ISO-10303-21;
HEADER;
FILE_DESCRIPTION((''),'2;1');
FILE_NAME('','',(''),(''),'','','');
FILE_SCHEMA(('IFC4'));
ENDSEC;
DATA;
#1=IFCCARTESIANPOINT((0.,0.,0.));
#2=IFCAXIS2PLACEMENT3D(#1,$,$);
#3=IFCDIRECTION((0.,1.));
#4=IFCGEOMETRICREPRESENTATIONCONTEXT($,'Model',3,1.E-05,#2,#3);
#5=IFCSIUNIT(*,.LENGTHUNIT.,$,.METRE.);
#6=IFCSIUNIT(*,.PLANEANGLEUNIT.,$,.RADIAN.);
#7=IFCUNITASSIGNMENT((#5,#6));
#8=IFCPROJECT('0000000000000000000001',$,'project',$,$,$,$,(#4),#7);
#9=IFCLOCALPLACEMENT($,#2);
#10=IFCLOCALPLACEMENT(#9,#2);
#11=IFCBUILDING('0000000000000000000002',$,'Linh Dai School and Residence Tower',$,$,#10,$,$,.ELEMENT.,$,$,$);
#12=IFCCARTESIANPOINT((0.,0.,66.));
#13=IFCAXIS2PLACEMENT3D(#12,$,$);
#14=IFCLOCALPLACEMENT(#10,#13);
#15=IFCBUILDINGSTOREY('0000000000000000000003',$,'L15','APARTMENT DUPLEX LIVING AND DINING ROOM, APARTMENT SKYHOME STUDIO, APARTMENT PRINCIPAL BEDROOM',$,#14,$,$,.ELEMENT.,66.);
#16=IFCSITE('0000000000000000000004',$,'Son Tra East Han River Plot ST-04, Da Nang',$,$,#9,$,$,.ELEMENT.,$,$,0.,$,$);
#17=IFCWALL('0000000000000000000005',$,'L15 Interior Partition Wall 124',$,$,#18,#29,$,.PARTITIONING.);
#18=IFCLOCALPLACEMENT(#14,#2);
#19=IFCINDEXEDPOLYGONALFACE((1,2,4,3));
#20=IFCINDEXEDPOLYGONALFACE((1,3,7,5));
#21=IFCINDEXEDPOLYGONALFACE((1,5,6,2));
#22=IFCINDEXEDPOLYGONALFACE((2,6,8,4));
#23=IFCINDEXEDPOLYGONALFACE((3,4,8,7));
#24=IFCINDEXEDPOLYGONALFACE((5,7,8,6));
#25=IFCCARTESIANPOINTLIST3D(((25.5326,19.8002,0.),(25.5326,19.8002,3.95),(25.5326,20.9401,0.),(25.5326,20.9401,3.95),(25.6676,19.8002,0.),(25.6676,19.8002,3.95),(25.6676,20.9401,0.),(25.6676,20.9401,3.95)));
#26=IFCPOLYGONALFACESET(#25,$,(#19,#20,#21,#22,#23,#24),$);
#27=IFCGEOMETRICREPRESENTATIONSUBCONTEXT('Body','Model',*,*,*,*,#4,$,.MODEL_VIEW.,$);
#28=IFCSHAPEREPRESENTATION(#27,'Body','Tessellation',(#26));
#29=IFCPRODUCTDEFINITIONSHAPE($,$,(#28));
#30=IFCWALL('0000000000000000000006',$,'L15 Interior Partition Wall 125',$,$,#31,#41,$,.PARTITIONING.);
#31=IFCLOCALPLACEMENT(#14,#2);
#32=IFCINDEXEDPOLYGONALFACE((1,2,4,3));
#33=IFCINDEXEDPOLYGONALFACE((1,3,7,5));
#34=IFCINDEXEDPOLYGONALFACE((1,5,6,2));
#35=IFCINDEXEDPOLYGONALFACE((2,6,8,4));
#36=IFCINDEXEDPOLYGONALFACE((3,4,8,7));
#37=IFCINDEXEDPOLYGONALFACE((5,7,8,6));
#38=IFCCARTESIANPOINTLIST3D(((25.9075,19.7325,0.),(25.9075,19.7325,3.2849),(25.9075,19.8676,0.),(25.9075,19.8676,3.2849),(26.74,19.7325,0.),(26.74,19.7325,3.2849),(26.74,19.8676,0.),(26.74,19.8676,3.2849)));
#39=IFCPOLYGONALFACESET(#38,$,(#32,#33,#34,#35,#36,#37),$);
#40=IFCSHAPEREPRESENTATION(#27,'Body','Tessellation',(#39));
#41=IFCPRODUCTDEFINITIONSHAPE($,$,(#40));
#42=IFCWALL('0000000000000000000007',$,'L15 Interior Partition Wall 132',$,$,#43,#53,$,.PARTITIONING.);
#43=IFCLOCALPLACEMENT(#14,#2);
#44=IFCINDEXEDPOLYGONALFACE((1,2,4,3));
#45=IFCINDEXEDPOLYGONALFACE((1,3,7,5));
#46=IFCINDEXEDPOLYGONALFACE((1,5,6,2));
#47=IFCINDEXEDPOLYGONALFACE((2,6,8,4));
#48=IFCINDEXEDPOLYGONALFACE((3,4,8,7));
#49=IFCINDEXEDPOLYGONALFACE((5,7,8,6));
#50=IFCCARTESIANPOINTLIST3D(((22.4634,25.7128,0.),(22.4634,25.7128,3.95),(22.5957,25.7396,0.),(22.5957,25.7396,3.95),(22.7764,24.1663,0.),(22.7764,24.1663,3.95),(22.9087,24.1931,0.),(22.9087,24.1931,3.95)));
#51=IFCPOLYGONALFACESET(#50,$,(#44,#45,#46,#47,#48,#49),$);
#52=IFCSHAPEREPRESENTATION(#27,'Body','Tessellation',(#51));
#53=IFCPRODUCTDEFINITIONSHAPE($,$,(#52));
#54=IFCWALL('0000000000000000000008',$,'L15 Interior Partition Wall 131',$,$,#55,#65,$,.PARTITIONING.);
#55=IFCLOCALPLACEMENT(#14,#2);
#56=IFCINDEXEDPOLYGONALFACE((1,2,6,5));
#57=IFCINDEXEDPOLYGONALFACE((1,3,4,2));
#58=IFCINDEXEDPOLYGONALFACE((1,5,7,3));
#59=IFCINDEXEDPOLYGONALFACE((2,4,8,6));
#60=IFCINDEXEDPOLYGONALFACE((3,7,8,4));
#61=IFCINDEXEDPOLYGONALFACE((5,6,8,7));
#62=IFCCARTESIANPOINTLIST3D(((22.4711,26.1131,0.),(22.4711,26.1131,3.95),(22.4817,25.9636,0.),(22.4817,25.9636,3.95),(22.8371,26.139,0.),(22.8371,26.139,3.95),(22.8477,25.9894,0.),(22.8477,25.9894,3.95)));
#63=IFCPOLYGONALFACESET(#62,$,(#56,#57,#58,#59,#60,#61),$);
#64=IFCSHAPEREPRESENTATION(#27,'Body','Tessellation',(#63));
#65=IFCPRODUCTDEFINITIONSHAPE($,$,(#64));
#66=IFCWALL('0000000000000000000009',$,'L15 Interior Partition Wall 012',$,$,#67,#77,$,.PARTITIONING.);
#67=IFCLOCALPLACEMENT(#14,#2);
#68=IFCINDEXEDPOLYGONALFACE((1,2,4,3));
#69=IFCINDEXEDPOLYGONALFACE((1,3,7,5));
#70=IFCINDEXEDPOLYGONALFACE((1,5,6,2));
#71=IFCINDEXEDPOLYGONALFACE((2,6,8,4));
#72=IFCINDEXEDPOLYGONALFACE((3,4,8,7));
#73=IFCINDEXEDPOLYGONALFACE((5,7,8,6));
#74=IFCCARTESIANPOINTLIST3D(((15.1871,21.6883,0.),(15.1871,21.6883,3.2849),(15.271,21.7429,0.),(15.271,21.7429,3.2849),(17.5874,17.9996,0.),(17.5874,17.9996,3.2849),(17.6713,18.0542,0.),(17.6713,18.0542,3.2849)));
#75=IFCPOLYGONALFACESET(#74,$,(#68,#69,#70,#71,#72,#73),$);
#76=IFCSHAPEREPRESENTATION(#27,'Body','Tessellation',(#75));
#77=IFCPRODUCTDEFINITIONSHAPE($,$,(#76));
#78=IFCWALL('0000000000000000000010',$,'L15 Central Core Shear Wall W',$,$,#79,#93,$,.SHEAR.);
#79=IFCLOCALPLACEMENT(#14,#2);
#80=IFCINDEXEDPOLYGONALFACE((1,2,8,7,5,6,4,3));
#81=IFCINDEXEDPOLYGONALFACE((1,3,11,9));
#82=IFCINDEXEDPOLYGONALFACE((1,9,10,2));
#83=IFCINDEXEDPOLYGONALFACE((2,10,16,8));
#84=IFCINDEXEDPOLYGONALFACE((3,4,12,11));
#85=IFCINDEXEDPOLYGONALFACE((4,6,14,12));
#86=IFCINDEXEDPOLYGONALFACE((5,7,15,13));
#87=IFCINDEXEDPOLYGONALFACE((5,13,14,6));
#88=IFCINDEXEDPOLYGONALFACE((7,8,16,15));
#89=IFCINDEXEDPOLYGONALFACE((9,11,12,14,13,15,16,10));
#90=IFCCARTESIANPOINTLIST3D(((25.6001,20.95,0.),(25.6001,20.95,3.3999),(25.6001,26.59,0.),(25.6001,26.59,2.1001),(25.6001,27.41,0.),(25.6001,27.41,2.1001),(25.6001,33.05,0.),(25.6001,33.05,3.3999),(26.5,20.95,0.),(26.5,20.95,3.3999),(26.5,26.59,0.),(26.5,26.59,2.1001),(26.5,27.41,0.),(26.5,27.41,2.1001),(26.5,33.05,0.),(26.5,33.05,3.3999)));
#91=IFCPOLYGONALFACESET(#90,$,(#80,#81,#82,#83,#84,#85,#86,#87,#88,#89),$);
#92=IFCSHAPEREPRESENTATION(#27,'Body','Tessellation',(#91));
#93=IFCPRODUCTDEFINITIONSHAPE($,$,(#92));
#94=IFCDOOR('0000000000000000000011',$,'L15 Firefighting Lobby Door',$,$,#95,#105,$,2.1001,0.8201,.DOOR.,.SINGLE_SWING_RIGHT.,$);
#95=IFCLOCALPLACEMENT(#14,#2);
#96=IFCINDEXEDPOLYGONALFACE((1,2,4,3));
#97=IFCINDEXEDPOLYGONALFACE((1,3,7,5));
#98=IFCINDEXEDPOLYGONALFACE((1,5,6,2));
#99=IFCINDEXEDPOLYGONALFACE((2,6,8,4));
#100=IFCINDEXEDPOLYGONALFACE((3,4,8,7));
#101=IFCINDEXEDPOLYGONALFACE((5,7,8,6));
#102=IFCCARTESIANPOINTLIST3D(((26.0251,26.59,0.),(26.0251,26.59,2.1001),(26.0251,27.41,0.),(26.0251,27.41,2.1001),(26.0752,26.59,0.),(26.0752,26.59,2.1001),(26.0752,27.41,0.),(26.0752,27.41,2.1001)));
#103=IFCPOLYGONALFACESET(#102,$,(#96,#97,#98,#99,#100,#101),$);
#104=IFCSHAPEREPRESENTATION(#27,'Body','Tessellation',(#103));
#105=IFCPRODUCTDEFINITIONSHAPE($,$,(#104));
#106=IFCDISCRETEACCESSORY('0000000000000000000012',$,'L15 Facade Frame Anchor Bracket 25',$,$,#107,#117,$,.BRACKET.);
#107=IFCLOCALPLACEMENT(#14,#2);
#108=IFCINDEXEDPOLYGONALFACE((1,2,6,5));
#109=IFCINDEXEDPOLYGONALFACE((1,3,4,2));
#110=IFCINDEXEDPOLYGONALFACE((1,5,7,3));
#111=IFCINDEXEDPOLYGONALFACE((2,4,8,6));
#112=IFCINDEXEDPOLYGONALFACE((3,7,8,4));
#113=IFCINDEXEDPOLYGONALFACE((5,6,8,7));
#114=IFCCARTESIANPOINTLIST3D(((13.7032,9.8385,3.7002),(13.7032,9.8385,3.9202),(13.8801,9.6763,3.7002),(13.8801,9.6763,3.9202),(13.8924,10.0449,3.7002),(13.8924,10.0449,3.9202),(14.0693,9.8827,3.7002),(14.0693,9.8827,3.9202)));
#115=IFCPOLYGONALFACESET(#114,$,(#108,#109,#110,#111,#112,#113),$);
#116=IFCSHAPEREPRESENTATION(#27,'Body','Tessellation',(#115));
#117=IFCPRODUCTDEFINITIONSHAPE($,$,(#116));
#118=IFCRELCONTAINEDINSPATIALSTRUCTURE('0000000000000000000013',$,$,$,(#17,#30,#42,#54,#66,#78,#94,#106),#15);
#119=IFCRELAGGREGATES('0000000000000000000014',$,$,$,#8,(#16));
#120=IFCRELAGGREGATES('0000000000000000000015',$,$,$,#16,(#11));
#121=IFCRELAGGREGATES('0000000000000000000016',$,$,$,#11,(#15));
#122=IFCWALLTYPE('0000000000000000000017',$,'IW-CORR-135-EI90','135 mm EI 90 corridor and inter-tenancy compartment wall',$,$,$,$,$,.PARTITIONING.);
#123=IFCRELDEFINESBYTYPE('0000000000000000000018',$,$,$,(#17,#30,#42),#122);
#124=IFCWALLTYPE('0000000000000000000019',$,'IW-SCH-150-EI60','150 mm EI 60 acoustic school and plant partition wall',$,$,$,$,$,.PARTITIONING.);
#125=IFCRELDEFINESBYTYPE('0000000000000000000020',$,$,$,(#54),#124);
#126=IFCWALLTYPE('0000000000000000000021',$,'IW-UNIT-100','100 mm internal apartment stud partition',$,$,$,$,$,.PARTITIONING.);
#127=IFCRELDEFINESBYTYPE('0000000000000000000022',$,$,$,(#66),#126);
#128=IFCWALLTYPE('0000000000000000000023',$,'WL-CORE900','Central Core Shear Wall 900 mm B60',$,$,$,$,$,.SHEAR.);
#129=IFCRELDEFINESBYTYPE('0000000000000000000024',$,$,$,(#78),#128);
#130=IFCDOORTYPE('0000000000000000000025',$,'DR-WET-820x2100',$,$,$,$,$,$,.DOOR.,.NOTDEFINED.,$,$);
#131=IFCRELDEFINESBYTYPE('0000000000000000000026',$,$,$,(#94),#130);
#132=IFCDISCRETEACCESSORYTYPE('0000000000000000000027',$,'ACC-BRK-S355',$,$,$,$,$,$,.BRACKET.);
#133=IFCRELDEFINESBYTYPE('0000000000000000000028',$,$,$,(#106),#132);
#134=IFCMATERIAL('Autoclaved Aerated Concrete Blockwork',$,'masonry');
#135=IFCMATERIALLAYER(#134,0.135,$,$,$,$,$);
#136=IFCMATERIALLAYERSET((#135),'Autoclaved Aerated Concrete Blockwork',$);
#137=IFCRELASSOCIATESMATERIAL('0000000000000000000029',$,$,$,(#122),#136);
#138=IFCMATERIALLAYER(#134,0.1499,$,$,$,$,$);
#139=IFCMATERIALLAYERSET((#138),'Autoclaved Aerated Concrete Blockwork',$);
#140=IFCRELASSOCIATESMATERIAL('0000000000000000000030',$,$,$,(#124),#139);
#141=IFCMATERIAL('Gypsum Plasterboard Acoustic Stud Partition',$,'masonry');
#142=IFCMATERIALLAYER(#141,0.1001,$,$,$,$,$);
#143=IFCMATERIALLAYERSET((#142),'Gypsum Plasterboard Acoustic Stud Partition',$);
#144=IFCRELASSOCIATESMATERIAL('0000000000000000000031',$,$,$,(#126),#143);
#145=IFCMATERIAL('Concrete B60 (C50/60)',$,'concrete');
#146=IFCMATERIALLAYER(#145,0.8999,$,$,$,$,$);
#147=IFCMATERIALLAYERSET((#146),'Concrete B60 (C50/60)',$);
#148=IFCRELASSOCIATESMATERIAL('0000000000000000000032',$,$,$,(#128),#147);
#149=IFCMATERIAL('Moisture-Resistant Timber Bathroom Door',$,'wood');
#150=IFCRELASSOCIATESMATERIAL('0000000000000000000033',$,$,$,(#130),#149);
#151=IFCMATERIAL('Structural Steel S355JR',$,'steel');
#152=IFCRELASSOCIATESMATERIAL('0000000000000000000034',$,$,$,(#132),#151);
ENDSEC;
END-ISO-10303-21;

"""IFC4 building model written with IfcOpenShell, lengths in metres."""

from ifc_helpers import new_model, si_unit, direction, frame, frame_2d, origin, origin_2d, place, context, subcontext, project, spatial, rectangle, extrude, source, transform, mapped, material, layer, layer_set, type_object, element, fill, save


model = new_model("IFC4")

# Units and contexts
model_context = context("Model", 3, precision=1e-05, world=origin(), true_north=direction((0.0, 1.0)))
body_context = subcontext(model_context, "Body", "Model", "MODEL_VIEW")
ifc_project = project(units=[si_unit("LENGTHUNIT", "METRE"), si_unit("PLANEANGLEUNIT", "RADIAN")], contexts=[model_context])

# Site, building, storey
site_placement = place(None, origin())
site = spatial("IfcSite", under=ifc_project, at=site_placement, Name="Son Tra East Han River Plot ST-04, Da Nang", CompositionType="ELEMENT", RefElevation=0.0)
building_placement = place(site_placement, origin())
building = spatial("IfcBuilding", under=site, at=building_placement, Name="Linh Dai School and Residence Tower", CompositionType="ELEMENT")
storey_placement = place(building_placement, frame((0.0, 0.0, 66.0)))
storey = spatial("IfcBuildingStorey", under=building, at=storey_placement, Name="L15", Description="APARTMENT DUPLEX LIVING AND DINING ROOM, APARTMENT SKYHOME STUDIO, APARTMENT PRINCIPAL BEDROOM", CompositionType="ELEMENT", Elevation=66.0)

# Shared definitions
ifc_material_1 = material(Name="Concrete B60 (C50/60)", Category="concrete")
ifc_material_2 = material(Name="Structural Steel S355JR", Category="steel")

# Shared definitions
ifc_material_3 = material(Name="Autoclaved Aerated Concrete Blockwork", Category="masonry")
ifc_layer_1 = layer(ifc_material_3, 0.135)
ifc_layer_set_1 = layer_set([ifc_layer_1], Name="Autoclaved Aerated Concrete Blockwork")
wall_type_1 = type_object("IfcWallType", Name="IW-CORR-135-EI90", Description="135 mm EI 90 corridor and inter-tenancy compartment wall", PredefinedType="PARTITIONING", material=ifc_layer_set_1)

# Walls
wall_1_placement = place(storey_placement, frame((25.6001, 20.9399, 0.0), z_axis=(0.0, 0.0, 1.0), x_axis=(0.0, -1.0, 0.0)))
element("IfcWall", 1, at=wall_1_placement, inside=storey, type_object=wall_type_1, Name="L15 Interior Partition Wall 124", PredefinedType="PARTITIONING", context=body_context, shape_type="SweptSolid", body=[
    extrude(rectangle(XDim=1.1399, YDim=0.135, at=frame_2d((0.5698, 0.0))), origin(), (0.0, 0.0, 1.0), 3.95),
])
wall_2_placement = place(storey_placement, frame((25.9075, 19.8, 0.0), z_axis=(0.0, 0.0, 1.0), x_axis=(1.0, 0.0, 0.0)))
element("IfcWall", 2, at=wall_2_placement, inside=storey, type_object=wall_type_1, Name="L15 Interior Partition Wall 125", PredefinedType="PARTITIONING", context=body_context, shape_type="SweptSolid", body=[
    extrude(rectangle(XDim=0.8325, YDim=0.135, at=frame_2d((0.4163, 0.0))), origin(), (0.0, 0.0, 1.0), 3.2849),
])
wall_3_placement = place(storey_placement, frame((22.5295, 25.7263, 0.0), z_axis=(0.0, 0.0, 1.0), x_axis=(0.198347, -0.980132, 0.0)))
element("IfcWall", 3, at=wall_3_placement, inside=storey, type_object=wall_type_1, Name="L15 Interior Partition Wall 132", PredefinedType="PARTITIONING", context=body_context, shape_type="SweptSolid", body=[
    extrude(rectangle(XDim=1.5779, YDim=0.135, at=frame_2d((0.7891, 0.0))), origin(), (0.0, 0.0, 1.0), 3.95),
])
ifc_layer_2 = layer(ifc_material_3, 0.1499)
ifc_layer_set_2 = layer_set([ifc_layer_2], Name="Autoclaved Aerated Concrete Blockwork")
wall_type_2 = type_object("IfcWallType", Name="IW-SCH-150-EI60", Description="150 mm EI 60 acoustic school and plant partition wall", PredefinedType="PARTITIONING", material=ifc_layer_set_2)
wall_4_placement = place(storey_placement, frame((22.8425, 26.0642, 0.0), z_axis=(0.0, 0.0, 1.0), x_axis=(-0.997509, -0.070538, 0.0)))
element("IfcWall", 4, at=wall_4_placement, inside=storey, type_object=wall_type_2, Name="L15 Interior Partition Wall 131", PredefinedType="PARTITIONING", context=body_context, shape_type="SweptSolid", body=[
    extrude(rectangle(XDim=0.3669, YDim=0.1499, at=frame_2d((0.1836, 0.0))), origin(), (0.0, 0.0, 1.0), 3.95),
])
ifc_material_4 = material(Name="Gypsum Plasterboard Acoustic Stud Partition", Category="masonry")
ifc_layer_3 = layer(ifc_material_4, 0.1001)
ifc_layer_set_3 = layer_set([ifc_layer_3], Name="Gypsum Plasterboard Acoustic Stud Partition")
wall_type_3 = type_object("IfcWallType", Name="IW-UNIT-100", Description="100 mm internal apartment stud partition", PredefinedType="PARTITIONING", material=ifc_layer_set_3)
wall_5_placement = place(storey_placement, frame((15.229, 21.7156, 0.0), z_axis=(0.0, 0.0, 1.0), x_axis=(0.545423, -0.838161, 0.0)))
element("IfcWall", 5, at=wall_5_placement, inside=storey, type_object=wall_type_3, Name="L15 Interior Partition Wall 012", PredefinedType="PARTITIONING", context=body_context, shape_type="SweptSolid", body=[
    extrude(rectangle(XDim=4.4009, YDim=0.1001, at=frame_2d((2.2004, 0.0))), origin(), (0.0, 0.0, 1.0), 3.2849),
])

# Wall, opening, door
ifc_layer_4 = layer(ifc_material_1, 0.8999)
ifc_layer_set_4 = layer_set([ifc_layer_4], Name="Concrete B60 (C50/60)")
wall_type_4 = type_object("IfcWallType", Name="WL-CORE900", Description="Central Core Shear Wall 900 mm B60", PredefinedType="SHEAR", material=ifc_layer_set_4)
wall_6_placement = place(storey_placement, frame((26.05, 20.95, 0.0), z_axis=(0.0, 0.0, 1.0), x_axis=(0.0, 1.0, 0.0)))
wall_6 = element("IfcWall", 6, at=wall_6_placement, inside=storey, type_object=wall_type_4, Name="L15 Central Core Shear Wall W", PredefinedType="SHEAR", context=body_context, shape_type="SweptSolid", body=[
    extrude(rectangle(XDim=12.1001, YDim=0.8999, at=frame_2d((6.05, 0.0))), origin(), (0.0, 0.0, 1.0), 3.3999),
])
opening_1_placement = place(wall_6_placement, frame((5.6399, 0.0, 0.0)))
opening_1 = element("IfcOpeningElement", 7, at=opening_1_placement, cuts=wall_6, PredefinedType="OPENING", context=body_context, shape_type="SweptSolid", body=[
    extrude(rectangle(XDim=0.8201, YDim=2.1001, at=origin_2d()), frame((0.4102, 0.46, 1.05), z_axis=(0.0, -1.0, 0.0), x_axis=(1.0, 0.0, 0.0)), (0.0, 0.0, 1.0), 0.9199),
])
ifc_material_5 = material(Name="Moisture-Resistant Timber Bathroom Door", Category="wood")
door_type_1 = type_object("IfcDoorType", Name="DR-WET-820x2100", OperationType="NOTDEFINED", PredefinedType="DOOR", material=ifc_material_5)
shared_shape_1 = source(origin(), body_context, "Body", "SweptSolid", [
    extrude(rectangle(XDim=0.8201, YDim=2.1001, at=origin_2d()), frame((0.4102, 0.0249, 1.05), z_axis=(0.0, -1.0, 0.0), x_axis=(1.0, 0.0, 0.0)), (0.0, 0.0, 1.0), 0.05),
])
door_1_placement = place(opening_1_placement, origin())
door_1 = element("IfcDoor", 8, at=door_1_placement, inside=storey, type_object=door_type_1, Name="L15 Firefighting Lobby Door", OperationType="SINGLE_SWING_RIGHT", OverallHeight=2.1001, OverallWidth=0.8201, PredefinedType="DOOR", context=body_context, shape_type="MappedRepresentation", body=[
    mapped(shared_shape_1, transform((0.0, 0.0, 0.0), x_axis=(1.0, 0.0, 0.0), y_axis=(0.0, 1.0, 0.0), z_axis=(0.0, 0.0, 1.0), scale=1.0)),
])
fill(opening_1, door_1)

# Discrete accessory
discrete_accessory_type = type_object("IfcDiscreteAccessoryType", Name="ACC-BRK-S355", PredefinedType="BRACKET", material=ifc_material_2)
shared_shape_2 = source(origin(), body_context, "Body", "SweptSolid", [
    extrude(rectangle(XDim=0.28, YDim=0.24, at=origin_2d()), origin(), (0.0, 0.0, 1.0), 0.22),
])
discrete_accessory_placement = place(storey_placement, frame((13.8862, 9.8606, 3.7002), z_axis=(0.0, 0.0, 1.0), x_axis=(-0.675769, -0.737113, 0.0)))
element("IfcDiscreteAccessory", 9, at=discrete_accessory_placement, inside=storey, type_object=discrete_accessory_type, Name="L15 Facade Frame Anchor Bracket 25", PredefinedType="BRACKET", context=body_context, shape_type="MappedRepresentation", body=[
    mapped(shared_shape_2, transform((0.0, 0.0, 0.0), x_axis=(1.0, 0.0, 0.0), y_axis=(0.0, 1.0, 0.0), z_axis=(0.0, 0.0, 1.0), scale=1.0)),
])

save(model, "model.ifc")
